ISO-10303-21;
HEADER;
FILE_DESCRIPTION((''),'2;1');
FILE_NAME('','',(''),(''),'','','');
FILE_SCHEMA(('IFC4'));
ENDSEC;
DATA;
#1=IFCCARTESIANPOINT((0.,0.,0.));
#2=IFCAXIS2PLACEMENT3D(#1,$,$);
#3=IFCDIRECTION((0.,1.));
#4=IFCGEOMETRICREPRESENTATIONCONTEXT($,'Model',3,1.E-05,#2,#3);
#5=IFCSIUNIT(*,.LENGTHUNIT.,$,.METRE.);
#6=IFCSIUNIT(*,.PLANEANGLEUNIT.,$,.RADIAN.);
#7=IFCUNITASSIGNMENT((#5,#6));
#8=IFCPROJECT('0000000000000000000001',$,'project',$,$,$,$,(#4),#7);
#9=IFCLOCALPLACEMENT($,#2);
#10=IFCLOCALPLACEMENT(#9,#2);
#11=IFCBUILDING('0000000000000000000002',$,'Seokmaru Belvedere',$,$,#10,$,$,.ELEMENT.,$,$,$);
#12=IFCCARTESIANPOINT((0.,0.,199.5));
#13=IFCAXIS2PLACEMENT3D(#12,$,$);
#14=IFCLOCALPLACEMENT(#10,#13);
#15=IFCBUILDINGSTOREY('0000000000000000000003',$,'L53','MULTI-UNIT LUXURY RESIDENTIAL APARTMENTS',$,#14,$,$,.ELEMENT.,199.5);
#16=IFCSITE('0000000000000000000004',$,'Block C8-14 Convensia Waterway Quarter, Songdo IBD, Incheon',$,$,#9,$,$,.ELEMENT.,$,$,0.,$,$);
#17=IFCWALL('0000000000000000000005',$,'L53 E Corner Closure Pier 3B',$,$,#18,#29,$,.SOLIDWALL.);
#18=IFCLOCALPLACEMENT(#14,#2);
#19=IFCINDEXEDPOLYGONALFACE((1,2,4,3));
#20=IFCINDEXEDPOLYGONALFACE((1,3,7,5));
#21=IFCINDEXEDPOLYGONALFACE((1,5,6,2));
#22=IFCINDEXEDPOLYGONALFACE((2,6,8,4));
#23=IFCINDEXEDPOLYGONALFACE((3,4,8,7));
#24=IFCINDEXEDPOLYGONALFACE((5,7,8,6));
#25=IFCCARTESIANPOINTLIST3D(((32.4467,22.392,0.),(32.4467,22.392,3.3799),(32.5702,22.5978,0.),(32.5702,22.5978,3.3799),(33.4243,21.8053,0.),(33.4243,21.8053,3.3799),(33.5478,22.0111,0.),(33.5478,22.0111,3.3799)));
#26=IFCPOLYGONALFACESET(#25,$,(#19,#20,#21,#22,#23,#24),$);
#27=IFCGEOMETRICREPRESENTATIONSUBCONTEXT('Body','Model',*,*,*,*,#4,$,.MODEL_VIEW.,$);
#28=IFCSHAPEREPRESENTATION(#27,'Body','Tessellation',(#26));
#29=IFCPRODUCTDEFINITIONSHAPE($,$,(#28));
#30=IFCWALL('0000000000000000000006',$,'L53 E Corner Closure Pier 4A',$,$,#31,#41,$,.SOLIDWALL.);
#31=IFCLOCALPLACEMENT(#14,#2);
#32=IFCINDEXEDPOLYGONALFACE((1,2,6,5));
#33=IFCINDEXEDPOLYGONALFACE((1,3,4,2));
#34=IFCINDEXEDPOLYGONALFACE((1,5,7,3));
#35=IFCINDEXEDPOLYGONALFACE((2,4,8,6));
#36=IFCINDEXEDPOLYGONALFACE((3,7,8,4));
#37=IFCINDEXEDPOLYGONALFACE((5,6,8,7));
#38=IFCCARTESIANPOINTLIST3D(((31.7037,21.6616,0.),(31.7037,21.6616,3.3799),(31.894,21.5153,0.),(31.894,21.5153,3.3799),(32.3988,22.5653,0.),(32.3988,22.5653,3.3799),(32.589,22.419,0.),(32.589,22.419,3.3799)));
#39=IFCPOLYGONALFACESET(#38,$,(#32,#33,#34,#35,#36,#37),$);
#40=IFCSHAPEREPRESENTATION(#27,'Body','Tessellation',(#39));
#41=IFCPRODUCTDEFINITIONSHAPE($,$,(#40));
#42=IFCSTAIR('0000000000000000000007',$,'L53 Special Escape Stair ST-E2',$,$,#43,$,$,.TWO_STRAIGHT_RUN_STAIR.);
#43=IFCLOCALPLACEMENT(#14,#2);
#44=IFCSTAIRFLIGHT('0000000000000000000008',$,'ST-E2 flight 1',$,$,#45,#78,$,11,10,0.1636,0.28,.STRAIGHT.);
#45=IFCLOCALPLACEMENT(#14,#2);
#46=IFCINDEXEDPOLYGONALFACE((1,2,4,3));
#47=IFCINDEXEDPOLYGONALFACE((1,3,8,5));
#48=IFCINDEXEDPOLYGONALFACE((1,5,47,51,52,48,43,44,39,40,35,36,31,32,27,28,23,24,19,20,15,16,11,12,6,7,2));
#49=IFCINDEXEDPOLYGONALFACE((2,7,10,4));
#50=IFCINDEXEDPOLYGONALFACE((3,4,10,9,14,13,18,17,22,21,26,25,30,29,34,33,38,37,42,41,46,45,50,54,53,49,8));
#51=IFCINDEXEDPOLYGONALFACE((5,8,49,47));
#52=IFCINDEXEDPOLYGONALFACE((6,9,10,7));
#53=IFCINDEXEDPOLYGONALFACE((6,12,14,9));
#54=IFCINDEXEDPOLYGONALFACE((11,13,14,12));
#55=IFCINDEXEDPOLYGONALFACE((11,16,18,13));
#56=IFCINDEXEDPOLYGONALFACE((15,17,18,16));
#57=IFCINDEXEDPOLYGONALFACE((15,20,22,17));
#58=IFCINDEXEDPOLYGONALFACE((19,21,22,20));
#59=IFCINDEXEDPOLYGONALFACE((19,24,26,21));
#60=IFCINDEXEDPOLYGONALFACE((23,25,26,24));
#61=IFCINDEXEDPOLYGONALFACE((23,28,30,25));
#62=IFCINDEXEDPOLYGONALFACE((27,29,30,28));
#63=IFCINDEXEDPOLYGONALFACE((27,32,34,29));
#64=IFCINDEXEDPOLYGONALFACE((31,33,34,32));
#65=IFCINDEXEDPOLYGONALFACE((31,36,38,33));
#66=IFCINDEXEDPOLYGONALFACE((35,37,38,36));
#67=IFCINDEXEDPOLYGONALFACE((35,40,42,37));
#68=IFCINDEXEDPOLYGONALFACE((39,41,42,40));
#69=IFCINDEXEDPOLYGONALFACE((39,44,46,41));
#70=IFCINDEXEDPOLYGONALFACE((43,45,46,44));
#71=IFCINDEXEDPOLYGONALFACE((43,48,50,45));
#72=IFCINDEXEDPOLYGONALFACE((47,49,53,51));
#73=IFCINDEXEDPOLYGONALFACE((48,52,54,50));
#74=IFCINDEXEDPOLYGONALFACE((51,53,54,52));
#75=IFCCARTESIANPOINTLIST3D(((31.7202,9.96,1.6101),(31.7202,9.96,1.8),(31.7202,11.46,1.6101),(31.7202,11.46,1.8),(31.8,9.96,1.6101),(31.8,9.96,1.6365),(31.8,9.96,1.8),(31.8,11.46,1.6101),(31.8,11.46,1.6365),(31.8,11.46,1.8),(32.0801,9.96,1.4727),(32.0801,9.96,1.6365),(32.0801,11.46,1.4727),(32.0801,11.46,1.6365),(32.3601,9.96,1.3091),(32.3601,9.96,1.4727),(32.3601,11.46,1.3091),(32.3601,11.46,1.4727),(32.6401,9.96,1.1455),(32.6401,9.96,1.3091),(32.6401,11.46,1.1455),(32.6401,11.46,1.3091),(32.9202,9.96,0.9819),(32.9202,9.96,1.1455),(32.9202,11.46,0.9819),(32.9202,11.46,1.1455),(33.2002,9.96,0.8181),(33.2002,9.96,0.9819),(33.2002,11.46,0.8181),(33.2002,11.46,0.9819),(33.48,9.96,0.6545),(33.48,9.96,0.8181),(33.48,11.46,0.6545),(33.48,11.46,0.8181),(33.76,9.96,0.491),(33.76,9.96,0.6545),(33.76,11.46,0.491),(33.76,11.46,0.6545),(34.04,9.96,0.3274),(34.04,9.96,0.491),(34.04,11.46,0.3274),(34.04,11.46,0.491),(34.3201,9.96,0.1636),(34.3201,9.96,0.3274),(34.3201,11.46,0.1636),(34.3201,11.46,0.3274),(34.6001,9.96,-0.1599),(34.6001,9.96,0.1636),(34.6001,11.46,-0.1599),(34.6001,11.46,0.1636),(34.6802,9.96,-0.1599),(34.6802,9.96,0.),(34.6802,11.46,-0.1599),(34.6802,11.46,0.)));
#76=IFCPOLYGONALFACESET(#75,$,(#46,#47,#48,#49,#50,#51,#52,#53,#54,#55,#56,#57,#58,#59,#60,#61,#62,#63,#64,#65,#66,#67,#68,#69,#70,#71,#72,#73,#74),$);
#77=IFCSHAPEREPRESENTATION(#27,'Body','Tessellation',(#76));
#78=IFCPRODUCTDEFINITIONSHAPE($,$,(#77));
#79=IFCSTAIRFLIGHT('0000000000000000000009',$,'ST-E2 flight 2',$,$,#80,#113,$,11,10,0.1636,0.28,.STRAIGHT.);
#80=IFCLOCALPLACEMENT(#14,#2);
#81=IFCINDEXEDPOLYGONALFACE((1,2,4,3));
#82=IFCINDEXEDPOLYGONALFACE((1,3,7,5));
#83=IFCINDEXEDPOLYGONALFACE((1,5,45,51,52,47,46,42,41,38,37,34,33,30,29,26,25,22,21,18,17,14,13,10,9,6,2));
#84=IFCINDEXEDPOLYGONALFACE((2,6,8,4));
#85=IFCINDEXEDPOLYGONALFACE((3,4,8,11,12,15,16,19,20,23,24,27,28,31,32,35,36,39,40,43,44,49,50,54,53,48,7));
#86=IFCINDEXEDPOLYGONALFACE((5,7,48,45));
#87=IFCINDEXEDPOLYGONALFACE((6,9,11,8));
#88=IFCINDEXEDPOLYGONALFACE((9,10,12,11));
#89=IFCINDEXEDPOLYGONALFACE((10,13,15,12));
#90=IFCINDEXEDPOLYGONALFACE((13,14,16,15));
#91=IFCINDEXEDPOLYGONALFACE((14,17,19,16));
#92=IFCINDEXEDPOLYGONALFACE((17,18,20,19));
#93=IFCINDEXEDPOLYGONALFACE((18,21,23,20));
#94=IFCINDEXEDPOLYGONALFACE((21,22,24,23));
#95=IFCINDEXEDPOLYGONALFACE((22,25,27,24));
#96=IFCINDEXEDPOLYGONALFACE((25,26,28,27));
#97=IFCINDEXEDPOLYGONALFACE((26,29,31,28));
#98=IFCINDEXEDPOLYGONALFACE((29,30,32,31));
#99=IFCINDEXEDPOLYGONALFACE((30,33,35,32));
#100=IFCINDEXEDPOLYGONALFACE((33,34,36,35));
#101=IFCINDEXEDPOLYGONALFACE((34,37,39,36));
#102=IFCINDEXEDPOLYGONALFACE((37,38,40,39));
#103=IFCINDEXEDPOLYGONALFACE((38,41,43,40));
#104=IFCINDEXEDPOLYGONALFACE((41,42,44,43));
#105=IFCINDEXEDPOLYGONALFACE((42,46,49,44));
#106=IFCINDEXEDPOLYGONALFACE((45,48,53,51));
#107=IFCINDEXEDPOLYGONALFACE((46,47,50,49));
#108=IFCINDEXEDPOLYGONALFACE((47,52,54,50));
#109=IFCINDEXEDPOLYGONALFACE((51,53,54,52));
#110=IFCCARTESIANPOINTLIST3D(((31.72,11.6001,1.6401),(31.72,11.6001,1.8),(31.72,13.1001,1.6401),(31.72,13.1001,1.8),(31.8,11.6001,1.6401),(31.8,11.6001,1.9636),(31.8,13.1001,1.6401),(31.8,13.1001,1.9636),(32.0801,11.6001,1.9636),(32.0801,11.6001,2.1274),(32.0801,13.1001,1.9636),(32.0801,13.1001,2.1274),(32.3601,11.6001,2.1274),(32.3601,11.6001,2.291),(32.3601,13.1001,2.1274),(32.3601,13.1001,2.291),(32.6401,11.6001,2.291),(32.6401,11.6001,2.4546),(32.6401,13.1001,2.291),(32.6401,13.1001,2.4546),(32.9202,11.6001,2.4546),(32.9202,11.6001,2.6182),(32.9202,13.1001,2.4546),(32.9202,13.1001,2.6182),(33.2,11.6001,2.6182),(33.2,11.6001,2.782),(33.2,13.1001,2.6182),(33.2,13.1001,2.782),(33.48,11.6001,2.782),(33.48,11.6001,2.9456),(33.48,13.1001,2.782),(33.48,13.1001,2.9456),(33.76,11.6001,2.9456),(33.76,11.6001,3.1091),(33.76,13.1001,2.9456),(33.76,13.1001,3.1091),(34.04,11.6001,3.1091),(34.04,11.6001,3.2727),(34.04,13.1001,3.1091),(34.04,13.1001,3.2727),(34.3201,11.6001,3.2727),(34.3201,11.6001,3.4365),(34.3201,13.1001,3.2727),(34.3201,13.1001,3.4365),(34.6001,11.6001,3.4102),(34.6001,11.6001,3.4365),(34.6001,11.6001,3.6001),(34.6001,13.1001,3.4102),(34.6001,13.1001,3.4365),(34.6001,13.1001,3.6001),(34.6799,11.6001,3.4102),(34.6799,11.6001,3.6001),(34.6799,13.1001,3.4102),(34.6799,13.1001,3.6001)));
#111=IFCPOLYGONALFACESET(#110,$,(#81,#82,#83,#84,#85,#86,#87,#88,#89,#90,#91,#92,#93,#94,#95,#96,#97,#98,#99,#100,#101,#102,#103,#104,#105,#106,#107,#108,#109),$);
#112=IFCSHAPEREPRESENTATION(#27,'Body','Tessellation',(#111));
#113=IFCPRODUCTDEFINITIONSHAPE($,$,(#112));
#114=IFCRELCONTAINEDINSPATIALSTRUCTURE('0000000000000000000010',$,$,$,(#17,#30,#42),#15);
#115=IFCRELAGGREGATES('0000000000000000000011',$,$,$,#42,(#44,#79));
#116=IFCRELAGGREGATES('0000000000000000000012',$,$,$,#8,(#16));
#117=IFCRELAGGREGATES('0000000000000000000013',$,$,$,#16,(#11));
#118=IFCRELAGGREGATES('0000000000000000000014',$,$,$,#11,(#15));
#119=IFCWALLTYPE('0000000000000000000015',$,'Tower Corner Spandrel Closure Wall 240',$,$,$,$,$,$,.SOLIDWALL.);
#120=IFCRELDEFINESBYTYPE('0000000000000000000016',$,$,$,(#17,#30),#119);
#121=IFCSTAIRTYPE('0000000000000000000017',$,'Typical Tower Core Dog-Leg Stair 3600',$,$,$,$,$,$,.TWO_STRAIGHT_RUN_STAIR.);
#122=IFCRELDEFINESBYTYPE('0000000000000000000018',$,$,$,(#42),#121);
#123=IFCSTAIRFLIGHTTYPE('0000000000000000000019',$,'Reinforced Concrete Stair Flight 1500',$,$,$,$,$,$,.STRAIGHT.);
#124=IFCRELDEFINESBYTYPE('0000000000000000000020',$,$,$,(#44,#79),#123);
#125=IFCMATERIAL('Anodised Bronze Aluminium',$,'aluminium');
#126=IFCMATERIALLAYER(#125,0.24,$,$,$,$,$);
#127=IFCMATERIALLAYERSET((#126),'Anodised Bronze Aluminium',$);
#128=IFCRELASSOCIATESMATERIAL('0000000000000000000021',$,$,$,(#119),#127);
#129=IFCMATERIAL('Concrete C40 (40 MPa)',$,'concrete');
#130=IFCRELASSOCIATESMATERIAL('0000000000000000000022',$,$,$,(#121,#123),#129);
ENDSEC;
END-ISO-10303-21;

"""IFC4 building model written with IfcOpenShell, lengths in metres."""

from ifc_helpers import new_model, si_unit, direction, frame, frame_2d, origin, place, context, subcontext, project, spatial, polyline, rectangle, outline, extrude, material, layer, layer_set, type_object, element, aggregate, save


model = new_model("IFC4")

# Units and contexts
model_context = context("Model", 3, precision=1e-05, world=origin(), true_north=direction((0.0, 1.0)))
body_context = subcontext(model_context, "Body", "Model", "MODEL_VIEW")
ifc_project = project(units=[si_unit("LENGTHUNIT", "METRE"), si_unit("PLANEANGLEUNIT", "RADIAN")], contexts=[model_context])

# Site, building, storey
site_placement = place(None, origin())
site = spatial("IfcSite", under=ifc_project, at=site_placement, Name="Block C8-14 Convensia Waterway Quarter, Songdo IBD, Incheon", CompositionType="ELEMENT", RefElevation=0.0)
building_placement = place(site_placement, origin())
building = spatial("IfcBuilding", under=site, at=building_placement, Name="Seokmaru Belvedere", CompositionType="ELEMENT")
storey_placement = place(building_placement, frame((0.0, 0.0, 199.5)))
storey = spatial("IfcBuildingStorey", under=building, at=storey_placement, Name="L53", Description="MULTI-UNIT LUXURY RESIDENTIAL APARTMENTS", CompositionType="ELEMENT", Elevation=199.5)

# Shared definitions
ifc_material_1 = material(Name="Anodised Bronze Aluminium", Category="aluminium")

# Walls
ifc_layer_1 = layer(ifc_material_1, 0.24)
ifc_layer_set_1 = layer_set([ifc_layer_1], Name="Anodised Bronze Aluminium")
wall_type_1 = type_object("IfcWallType", Name="Tower Corner Spandrel Closure Wall 240", PredefinedType="SOLIDWALL", material=ifc_layer_set_1)
for number, where, z_axis, x_axis, name in (
    (1, (33.4861, 21.9082, 0.0), (0.0, 0.0, 1.0), (-0.857436, 0.51459, 0.0), "L53 E Corner Closure Pier 3B"),
    (2, (32.4939, 22.4922, 0.0), (0.0, 0.0, 1.0), (-0.609618, -0.792696, 0.0), "L53 E Corner Closure Pier 4A"),
):
    element("IfcWall", number, at=place(storey_placement, frame(where, z_axis=z_axis, x_axis=x_axis)), inside=storey, type_object=wall_type_1, Name=name, PredefinedType="SOLIDWALL", context=body_context, shape_type="SweptSolid", body=[
        extrude(rectangle(XDim=1.1401, YDim=0.24, at=frame_2d((0.5701, 0.0))), origin(), (0.0, 0.0, 1.0), 3.3799),
    ])

# Stair, stair flights
ifc_material_2 = material(Name="Concrete C40 (40 MPa)", Category="concrete")
stair_type = type_object("IfcStairType", Name="Typical Tower Core Dog-Leg Stair 3600", PredefinedType="TWO_STRAIGHT_RUN_STAIR", material=ifc_material_2)
stair_placement = place(storey_placement, origin())
stair = element("IfcStair", 3, at=stair_placement, inside=storey, type_object=stair_type, Name="L53 Special Escape Stair ST-E2", PredefinedType="TWO_STRAIGHT_RUN_STAIR")
stair_flight_type = type_object("IfcStairFlightType", Name="Reinforced Concrete Stair Flight 1500", PredefinedType="STRAIGHT", material=ifc_material_2)
stair_flight_1_placement = place(storey_placement, frame((34.6001, 10.71, 0.0), z_axis=(0.0, 0.0, 1.0), x_axis=(-1.0, 0.0, 0.0)))
stair_flight_1 = element("IfcStairFlight", 4, at=stair_flight_1_placement, type_object=stair_flight_type, Name="ST-E2 flight 1", NumberOfRisers=11, NumberOfTreads=10, PredefinedType="STRAIGHT", RiserHeight=0.1636, TreadLength=0.28, context=body_context, shape_type="SweptSolid", body=[
    extrude(outline(polyline([(-0.0801, 0.0), (0.0, 0.1636), (0.28, 0.1636), (0.28, 0.3274), (0.5601, 0.3274), (0.5601, 0.491), (0.8401, 0.491), (0.8401, 0.6545), (1.1201, 0.6545), (1.1201, 0.8181), (1.3999, 0.8181), (1.3999, 0.9819), (1.6799, 0.9819), (1.6799, 1.1455), (1.96, 1.1455), (1.96, 1.3091), (2.24, 1.3091), (2.24, 1.4727), (2.52, 1.4727), (2.52, 1.6365), (2.8, 1.6365), (2.8, 1.8), (2.8799, 1.8), (2.8799, 1.6101), (2.8, 1.6101), (0.0, -0.1599), (-0.0801, -0.1599), (-0.0801, 0.0)])), frame((0.0, 0.75, 0.0), z_axis=(0.0, -1.0, 0.0), x_axis=(1.0, 0.0, 0.0)), (0.0, 0.0, 1.0), 1.5),
])
stair_flight_2_placement = place(storey_placement, frame((31.8, 12.3501, 1.8), z_axis=(0.0, 0.0, 1.0), x_axis=(1.0, 0.0, 0.0)))
stair_flight_2 = element("IfcStairFlight", 5, at=stair_flight_2_placement, type_object=stair_flight_type, Name="ST-E2 flight 2", NumberOfRisers=11, NumberOfTreads=10, PredefinedType="STRAIGHT", RiserHeight=0.1636, TreadLength=0.28, context=body_context, shape_type="SweptSolid", body=[
    extrude(outline(polyline([(-0.0801, 0.0), (0.0, 0.1636), (0.28, 0.1636), (0.28, 0.3274), (0.5601, 0.3274), (0.5601, 0.491), (0.8401, 0.491), (0.8401, 0.6545), (1.1201, 0.6545), (1.1201, 0.8181), (1.3999, 0.8181), (1.3999, 0.9819), (1.6799, 0.9819), (1.6799, 1.1455), (1.96, 1.1455), (1.96, 1.3091), (2.24, 1.3091), (2.24, 1.4727), (2.52, 1.4727), (2.52, 1.6365), (2.8, 1.6365), (2.8, 1.8), (2.8799, 1.8), (2.8799, 1.6101), (2.8, 1.6101), (0.0, -0.1599), (-0.0801, -0.1599), (-0.0801, 0.0)])), frame((0.0, 0.75, 0.0), z_axis=(0.0, -1.0, 0.0), x_axis=(1.0, 0.0, 0.0)), (0.0, 0.0, 1.0), 1.5),
])
aggregate(stair, [stair_flight_1, stair_flight_2])

save(model, "model.ifc")
